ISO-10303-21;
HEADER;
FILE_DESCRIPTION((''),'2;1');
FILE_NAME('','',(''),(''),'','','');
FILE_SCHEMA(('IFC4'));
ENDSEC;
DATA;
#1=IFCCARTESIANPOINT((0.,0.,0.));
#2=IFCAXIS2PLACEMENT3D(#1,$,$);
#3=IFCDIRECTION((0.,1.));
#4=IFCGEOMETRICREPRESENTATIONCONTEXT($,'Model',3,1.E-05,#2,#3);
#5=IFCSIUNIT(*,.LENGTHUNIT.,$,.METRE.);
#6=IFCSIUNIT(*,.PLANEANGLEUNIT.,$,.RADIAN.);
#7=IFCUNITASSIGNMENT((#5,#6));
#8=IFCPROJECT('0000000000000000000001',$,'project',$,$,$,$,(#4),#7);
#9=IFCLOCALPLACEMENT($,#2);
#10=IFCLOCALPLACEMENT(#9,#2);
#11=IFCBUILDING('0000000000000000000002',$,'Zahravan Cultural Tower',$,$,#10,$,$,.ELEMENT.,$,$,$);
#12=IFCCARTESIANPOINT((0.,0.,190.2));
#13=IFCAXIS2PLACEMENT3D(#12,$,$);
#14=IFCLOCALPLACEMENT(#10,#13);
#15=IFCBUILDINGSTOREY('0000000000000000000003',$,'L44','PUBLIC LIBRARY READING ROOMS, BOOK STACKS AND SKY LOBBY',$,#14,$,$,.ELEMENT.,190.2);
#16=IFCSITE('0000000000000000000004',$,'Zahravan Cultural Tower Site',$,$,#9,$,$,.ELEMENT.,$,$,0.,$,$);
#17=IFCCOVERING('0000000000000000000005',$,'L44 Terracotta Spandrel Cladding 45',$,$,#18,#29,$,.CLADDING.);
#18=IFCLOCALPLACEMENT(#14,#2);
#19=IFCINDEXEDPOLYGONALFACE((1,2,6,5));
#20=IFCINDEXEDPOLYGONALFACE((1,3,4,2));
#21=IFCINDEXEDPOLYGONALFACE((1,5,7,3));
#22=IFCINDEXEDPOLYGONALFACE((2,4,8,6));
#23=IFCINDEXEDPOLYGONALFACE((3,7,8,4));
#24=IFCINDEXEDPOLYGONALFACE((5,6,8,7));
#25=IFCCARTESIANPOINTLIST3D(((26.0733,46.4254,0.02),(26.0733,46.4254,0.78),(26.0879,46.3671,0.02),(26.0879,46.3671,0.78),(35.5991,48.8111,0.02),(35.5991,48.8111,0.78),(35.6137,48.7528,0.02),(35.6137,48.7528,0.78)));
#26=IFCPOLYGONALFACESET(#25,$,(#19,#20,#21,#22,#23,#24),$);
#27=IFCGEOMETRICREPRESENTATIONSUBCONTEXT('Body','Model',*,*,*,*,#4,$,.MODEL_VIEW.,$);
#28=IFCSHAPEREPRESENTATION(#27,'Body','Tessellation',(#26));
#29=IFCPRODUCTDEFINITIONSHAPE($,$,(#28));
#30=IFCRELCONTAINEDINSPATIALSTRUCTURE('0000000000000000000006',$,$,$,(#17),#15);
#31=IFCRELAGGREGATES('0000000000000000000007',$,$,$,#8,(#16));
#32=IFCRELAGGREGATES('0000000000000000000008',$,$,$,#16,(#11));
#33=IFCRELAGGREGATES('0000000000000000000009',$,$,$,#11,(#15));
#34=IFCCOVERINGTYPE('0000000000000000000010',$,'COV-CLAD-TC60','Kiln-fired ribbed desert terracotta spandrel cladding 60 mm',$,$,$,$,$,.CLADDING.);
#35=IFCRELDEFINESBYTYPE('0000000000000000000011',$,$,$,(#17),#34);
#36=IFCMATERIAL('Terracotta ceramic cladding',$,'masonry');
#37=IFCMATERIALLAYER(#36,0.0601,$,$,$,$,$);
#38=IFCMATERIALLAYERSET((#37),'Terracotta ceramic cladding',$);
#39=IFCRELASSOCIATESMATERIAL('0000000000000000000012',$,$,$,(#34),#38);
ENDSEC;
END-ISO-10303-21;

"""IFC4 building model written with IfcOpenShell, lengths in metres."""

from ifc_helpers import new_model, si_unit, direction, frame, origin, origin_2d, place, context, subcontext, project, spatial, rectangle, extrude, source, transform, mapped, material, layer, layer_set, type_object, element, save


model = new_model("IFC4")

# Units and contexts
model_context = context("Model", 3, precision=1e-05, world=origin(), true_north=direction((0.0, 1.0)))
body_context = subcontext(model_context, "Body", "Model", "MODEL_VIEW")
ifc_project = project(units=[si_unit("LENGTHUNIT", "METRE"), si_unit("PLANEANGLEUNIT", "RADIAN")], contexts=[model_context])

# Site, building, storey
site_placement = place(None, origin())
site = spatial("IfcSite", under=ifc_project, at=site_placement, Name="Zahravan Cultural Tower Site", CompositionType="ELEMENT", RefElevation=0.0)
building_placement = place(site_placement, origin())
building = spatial("IfcBuilding", under=site, at=building_placement, Name="Zahravan Cultural Tower", CompositionType="ELEMENT")
storey_placement = place(building_placement, frame((0.0, 0.0, 190.2)))
storey = spatial("IfcBuildingStorey", under=building, at=storey_placement, Name="L44", Description="PUBLIC LIBRARY READING ROOMS, BOOK STACKS AND SKY LOBBY", CompositionType="ELEMENT", Elevation=190.2)

# Covering
ifc_material_1 = material(Name="Terracotta ceramic cladding", Category="masonry")
ifc_layer_1 = layer(ifc_material_1, 0.0601)
ifc_layer_set_1 = layer_set([ifc_layer_1], Name="Terracotta ceramic cladding")
covering_type = type_object("IfcCoveringType", Name="COV-CLAD-TC60", Description="Kiln-fired ribbed desert terracotta spandrel cladding 60 mm", PredefinedType="CLADDING", material=ifc_layer_set_1)
shared_shape_1 = source(origin(), body_context, "Body", "SweptSolid", [
    extrude(rectangle(XDim=9.8201, YDim=0.0601, at=origin_2d()), origin(), (0.0, 0.0, 1.0), 0.76),
])
covering_placement = place(storey_placement, frame((30.8435, 47.5891, 0.02), z_axis=(0.0, 0.0, 1.0), x_axis=(0.970042, 0.242938, 0.0)))
element("IfcCovering", 1, at=covering_placement, inside=storey, type_object=covering_type, Name="L44 Terracotta Spandrel Cladding 45", PredefinedType="CLADDING", context=body_context, shape_type="MappedRepresentation", body=[
    mapped(shared_shape_1, transform((0.0, 0.0, 0.0), x_axis=(1.0, 0.0, 0.0), y_axis=(0.0, 1.0, 0.0), z_axis=(0.0, 0.0, 1.0), scale=1.0)),
])

save(model, "model.ifc")
